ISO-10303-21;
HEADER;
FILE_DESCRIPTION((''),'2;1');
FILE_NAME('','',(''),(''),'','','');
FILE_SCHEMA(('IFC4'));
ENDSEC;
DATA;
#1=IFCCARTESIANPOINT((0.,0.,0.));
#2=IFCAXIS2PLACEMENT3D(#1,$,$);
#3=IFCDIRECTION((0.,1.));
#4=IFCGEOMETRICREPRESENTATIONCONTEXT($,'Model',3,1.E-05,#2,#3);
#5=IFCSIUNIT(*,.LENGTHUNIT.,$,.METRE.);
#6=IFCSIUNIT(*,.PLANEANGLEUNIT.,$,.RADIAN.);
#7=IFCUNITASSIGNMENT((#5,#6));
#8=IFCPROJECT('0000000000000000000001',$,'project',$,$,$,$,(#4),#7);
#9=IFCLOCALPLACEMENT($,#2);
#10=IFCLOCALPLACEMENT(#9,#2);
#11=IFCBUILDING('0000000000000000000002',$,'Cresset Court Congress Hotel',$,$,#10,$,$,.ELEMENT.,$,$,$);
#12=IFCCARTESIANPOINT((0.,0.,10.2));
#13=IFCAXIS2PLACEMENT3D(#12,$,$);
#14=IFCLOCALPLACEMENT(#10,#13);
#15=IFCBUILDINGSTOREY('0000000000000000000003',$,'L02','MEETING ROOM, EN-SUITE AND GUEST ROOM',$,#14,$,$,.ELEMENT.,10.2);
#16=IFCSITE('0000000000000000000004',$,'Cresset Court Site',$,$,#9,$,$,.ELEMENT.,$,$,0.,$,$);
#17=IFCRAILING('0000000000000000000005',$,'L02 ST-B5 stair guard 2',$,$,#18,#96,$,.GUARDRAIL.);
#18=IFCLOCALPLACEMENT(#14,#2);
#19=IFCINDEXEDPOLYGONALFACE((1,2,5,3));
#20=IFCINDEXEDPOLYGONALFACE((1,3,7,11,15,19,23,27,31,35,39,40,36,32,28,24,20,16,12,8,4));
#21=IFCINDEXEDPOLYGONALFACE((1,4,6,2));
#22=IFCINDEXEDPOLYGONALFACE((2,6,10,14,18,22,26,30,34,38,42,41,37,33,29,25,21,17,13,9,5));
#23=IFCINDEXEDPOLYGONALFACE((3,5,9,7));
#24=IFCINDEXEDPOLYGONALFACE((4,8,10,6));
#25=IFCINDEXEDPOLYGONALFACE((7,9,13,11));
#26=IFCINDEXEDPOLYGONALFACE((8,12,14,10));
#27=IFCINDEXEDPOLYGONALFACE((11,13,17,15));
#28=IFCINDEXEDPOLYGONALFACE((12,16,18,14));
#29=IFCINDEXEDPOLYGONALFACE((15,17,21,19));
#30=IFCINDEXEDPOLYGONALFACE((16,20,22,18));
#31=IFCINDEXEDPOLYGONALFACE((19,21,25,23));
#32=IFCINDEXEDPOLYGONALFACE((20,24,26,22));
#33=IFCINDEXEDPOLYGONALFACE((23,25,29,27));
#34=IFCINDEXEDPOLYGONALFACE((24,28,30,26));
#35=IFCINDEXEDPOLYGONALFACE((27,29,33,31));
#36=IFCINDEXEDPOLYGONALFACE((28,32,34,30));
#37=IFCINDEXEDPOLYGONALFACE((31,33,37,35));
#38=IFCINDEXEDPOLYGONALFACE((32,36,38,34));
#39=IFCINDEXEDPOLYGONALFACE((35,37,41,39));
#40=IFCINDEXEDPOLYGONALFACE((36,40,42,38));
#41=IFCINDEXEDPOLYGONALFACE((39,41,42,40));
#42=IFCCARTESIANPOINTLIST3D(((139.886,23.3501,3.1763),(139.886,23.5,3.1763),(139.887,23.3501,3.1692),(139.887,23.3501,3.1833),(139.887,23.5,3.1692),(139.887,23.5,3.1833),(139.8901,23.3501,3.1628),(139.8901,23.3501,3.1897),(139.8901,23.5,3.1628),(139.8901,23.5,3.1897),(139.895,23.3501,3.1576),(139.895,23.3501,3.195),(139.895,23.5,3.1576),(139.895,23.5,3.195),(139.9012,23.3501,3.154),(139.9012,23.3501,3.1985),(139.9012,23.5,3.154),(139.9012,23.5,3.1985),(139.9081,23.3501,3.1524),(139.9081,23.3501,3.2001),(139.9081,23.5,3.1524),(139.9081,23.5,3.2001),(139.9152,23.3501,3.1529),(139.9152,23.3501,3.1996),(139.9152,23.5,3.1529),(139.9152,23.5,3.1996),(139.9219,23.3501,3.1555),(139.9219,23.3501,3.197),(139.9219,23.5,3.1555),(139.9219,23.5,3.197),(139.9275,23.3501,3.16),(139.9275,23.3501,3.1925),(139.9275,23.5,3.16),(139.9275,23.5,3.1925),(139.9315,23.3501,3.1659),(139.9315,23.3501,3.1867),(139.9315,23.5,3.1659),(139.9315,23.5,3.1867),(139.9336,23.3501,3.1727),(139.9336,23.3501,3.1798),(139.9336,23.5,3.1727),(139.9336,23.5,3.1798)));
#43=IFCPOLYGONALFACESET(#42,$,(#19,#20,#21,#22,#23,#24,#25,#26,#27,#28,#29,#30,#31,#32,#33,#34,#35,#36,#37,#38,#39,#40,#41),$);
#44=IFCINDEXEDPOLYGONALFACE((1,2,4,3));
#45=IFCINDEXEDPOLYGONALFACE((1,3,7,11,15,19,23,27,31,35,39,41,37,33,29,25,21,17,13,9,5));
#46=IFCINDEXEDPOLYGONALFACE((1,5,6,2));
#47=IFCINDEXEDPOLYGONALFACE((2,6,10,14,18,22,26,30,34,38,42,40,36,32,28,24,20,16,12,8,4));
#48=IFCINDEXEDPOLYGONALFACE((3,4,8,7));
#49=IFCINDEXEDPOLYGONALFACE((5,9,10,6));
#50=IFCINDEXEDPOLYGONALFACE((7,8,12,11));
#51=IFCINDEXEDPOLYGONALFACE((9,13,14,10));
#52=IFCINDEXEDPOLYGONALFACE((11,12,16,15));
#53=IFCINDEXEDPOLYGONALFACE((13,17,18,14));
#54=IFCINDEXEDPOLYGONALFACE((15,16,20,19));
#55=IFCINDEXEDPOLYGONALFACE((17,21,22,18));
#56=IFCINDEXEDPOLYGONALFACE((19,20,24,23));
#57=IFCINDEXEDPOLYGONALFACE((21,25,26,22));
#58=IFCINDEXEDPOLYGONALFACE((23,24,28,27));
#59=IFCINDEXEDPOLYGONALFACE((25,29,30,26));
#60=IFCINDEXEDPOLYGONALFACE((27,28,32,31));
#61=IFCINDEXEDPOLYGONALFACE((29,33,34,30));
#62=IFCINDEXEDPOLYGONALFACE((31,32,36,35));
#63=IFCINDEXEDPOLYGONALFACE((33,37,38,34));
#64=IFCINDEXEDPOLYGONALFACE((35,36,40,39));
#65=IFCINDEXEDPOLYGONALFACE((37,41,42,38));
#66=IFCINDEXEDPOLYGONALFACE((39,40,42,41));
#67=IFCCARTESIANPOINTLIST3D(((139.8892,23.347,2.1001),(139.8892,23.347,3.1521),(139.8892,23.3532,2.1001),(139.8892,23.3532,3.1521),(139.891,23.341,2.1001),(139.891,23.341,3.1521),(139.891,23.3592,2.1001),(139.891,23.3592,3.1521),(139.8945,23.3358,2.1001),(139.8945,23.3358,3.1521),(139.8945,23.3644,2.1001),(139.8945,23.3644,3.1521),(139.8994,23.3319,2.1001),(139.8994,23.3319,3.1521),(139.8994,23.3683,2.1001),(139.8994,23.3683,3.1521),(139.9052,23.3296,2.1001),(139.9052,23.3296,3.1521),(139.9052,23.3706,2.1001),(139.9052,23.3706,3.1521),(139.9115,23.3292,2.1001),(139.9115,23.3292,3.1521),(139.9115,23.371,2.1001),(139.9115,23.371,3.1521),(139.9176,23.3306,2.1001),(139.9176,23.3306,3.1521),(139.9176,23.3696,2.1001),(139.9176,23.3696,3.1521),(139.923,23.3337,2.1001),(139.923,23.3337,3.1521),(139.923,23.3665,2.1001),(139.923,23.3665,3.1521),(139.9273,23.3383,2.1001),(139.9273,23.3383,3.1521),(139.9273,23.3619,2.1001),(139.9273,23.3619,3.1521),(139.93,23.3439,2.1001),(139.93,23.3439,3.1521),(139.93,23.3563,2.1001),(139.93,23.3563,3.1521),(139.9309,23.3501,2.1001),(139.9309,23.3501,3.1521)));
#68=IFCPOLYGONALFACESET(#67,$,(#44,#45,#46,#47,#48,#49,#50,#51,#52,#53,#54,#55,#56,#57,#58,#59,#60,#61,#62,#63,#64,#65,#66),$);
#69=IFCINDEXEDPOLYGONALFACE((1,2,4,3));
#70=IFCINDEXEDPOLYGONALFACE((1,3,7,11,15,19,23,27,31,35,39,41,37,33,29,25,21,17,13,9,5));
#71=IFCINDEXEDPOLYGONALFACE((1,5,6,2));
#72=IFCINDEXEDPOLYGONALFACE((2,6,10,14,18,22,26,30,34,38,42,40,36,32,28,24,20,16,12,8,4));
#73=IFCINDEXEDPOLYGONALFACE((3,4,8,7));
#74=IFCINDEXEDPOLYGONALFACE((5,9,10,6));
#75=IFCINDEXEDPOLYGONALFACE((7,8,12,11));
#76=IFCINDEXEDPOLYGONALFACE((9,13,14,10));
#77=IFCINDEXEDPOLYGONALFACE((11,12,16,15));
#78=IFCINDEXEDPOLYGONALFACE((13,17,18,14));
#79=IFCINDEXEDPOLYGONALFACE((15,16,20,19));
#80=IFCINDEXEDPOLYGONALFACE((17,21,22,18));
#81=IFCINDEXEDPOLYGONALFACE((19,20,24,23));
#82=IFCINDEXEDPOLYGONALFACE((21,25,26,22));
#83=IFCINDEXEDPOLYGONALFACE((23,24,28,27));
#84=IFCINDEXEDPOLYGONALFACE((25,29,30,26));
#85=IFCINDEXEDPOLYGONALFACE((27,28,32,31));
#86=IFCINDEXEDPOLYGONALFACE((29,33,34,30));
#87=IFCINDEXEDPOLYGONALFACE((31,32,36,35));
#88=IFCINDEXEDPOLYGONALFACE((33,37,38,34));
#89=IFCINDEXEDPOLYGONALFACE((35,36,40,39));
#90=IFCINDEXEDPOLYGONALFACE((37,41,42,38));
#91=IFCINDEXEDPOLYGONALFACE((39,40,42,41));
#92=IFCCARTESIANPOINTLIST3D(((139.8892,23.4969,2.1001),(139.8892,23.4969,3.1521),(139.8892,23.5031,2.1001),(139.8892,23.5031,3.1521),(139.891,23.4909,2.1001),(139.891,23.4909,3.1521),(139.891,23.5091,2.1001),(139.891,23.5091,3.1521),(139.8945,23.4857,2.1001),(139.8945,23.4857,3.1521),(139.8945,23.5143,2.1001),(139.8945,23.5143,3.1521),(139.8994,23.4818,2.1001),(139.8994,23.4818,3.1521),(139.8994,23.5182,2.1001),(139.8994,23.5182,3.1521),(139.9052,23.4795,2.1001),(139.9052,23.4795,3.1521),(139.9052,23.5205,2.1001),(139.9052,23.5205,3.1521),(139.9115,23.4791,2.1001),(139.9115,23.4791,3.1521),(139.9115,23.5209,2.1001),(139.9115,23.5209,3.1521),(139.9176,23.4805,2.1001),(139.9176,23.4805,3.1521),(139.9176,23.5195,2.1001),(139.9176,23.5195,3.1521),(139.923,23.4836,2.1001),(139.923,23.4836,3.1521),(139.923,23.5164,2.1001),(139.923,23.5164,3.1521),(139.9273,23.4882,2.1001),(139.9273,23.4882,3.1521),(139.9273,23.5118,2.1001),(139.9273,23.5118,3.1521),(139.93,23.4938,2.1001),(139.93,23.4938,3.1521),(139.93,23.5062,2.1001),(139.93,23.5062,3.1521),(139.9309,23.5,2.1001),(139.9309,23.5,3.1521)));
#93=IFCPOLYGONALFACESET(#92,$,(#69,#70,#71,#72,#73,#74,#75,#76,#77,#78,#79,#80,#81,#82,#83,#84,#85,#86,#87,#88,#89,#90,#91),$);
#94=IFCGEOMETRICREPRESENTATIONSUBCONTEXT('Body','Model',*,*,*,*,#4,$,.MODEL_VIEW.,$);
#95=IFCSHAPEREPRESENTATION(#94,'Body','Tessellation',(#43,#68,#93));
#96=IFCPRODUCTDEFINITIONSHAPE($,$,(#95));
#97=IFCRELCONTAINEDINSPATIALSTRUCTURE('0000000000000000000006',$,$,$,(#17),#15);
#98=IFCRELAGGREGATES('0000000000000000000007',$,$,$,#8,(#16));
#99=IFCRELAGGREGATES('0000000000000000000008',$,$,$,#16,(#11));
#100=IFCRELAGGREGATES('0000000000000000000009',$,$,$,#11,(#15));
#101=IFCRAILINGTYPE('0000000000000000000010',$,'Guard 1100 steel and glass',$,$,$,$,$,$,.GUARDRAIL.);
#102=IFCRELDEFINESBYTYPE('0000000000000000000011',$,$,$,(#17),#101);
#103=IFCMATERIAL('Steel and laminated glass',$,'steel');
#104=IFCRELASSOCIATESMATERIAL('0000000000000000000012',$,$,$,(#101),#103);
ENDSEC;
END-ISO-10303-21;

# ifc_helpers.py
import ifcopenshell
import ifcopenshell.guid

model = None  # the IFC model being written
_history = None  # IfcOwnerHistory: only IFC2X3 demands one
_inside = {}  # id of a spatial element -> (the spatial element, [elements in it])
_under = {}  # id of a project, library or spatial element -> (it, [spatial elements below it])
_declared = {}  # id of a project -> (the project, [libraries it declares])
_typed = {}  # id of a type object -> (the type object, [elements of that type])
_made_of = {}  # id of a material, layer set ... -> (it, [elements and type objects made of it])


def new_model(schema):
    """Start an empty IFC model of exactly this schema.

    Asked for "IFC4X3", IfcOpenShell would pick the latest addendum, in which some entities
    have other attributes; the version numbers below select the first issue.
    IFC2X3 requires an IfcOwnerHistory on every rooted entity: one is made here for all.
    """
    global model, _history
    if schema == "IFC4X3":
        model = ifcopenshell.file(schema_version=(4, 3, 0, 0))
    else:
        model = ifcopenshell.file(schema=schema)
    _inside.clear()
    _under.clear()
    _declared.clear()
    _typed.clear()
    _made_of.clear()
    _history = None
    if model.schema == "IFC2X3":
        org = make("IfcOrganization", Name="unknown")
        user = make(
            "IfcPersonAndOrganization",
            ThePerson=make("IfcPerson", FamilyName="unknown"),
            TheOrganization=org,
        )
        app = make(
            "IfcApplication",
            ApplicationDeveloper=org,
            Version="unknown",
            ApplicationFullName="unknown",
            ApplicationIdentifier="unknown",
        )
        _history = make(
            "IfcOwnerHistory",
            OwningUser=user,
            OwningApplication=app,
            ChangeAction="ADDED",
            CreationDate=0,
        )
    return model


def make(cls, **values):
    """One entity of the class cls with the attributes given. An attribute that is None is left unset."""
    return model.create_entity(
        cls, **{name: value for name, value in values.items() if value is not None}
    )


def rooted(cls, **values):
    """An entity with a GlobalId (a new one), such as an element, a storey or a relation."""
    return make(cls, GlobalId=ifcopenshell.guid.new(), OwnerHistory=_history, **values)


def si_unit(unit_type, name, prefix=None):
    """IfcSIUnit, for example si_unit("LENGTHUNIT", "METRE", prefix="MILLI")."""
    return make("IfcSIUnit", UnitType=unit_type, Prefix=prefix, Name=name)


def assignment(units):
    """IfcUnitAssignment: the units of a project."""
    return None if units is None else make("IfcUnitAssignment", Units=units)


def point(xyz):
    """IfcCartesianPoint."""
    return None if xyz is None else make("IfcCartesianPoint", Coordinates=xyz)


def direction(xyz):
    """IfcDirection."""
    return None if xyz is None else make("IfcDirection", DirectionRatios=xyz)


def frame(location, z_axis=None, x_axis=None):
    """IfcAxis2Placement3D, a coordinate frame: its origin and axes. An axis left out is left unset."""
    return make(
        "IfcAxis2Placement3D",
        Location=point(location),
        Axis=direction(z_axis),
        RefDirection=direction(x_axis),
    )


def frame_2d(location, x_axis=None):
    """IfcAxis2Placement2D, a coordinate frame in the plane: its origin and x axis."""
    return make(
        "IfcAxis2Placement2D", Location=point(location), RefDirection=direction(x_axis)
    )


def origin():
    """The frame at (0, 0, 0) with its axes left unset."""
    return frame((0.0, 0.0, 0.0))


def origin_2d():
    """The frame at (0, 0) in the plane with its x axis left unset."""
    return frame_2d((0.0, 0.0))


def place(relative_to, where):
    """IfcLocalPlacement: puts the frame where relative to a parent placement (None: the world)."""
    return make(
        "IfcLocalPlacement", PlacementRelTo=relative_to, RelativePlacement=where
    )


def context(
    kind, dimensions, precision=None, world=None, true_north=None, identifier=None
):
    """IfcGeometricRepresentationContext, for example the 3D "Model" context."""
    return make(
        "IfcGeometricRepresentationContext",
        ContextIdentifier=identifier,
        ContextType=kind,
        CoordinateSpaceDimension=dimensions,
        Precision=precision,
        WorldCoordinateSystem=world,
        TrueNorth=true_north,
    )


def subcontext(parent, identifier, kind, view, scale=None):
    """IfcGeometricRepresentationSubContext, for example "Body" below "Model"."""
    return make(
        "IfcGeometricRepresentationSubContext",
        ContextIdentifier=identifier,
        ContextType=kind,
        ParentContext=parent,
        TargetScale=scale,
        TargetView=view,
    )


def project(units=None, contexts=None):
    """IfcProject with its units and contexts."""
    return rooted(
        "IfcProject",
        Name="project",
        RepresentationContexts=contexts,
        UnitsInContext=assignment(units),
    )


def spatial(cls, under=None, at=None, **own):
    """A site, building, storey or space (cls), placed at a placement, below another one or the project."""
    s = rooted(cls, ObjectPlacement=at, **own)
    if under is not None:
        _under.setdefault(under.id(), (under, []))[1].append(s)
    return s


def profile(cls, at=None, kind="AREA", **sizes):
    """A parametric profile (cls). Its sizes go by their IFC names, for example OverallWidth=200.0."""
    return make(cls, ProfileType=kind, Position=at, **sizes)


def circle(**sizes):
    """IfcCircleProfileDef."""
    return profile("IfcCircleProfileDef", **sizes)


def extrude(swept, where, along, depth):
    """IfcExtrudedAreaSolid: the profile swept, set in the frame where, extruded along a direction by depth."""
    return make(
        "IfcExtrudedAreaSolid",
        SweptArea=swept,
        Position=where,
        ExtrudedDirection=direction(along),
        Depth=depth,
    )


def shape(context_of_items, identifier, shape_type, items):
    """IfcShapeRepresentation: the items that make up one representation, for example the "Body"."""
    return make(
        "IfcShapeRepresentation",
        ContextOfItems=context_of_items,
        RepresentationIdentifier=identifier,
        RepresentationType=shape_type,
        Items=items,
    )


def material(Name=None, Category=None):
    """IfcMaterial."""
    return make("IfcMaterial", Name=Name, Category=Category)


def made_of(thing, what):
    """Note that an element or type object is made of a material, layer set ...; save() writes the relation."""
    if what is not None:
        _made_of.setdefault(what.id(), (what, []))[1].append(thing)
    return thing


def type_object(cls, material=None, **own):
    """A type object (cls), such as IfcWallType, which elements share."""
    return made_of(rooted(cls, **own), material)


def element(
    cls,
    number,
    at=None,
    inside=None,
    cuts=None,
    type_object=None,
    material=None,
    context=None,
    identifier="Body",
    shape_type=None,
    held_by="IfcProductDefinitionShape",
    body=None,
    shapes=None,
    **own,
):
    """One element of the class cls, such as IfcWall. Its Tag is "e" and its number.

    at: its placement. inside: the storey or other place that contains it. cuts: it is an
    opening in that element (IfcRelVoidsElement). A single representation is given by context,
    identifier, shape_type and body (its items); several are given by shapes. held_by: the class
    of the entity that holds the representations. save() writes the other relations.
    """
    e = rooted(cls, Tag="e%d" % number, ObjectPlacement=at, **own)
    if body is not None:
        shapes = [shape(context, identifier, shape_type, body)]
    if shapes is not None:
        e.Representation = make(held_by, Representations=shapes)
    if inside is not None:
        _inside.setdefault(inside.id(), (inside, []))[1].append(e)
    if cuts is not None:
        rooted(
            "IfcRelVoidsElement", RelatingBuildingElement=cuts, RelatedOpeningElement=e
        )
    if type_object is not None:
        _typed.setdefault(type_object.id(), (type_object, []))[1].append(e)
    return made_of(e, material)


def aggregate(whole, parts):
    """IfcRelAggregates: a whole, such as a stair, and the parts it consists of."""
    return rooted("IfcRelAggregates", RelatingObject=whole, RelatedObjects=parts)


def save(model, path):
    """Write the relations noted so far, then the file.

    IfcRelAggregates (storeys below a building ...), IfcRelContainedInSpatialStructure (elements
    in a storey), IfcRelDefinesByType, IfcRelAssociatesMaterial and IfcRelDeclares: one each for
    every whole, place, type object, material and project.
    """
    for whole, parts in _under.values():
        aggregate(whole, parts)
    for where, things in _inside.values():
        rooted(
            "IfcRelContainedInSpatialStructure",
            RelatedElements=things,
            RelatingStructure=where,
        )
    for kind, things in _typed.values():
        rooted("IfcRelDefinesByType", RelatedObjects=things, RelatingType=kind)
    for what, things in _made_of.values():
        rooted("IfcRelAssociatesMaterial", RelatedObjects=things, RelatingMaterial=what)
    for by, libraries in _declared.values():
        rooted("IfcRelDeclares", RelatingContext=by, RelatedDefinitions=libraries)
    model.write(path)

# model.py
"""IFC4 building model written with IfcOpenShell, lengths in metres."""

from ifc_helpers import new_model, si_unit, direction, frame, origin, origin_2d, place, context, subcontext, project, spatial, circle, extrude, material, type_object, element, save


model = new_model("IFC4")

# Units and contexts
model_context = context("Model", 3, precision=1e-05, world=origin(), true_north=direction((0.0, 1.0)))
body_context = subcontext(model_context, "Body", "Model", "MODEL_VIEW")
ifc_project = project(units=[si_unit("LENGTHUNIT", "METRE"), si_unit("PLANEANGLEUNIT", "RADIAN")], contexts=[model_context])

# Site, building, storey
site_placement = place(None, origin())
site = spatial("IfcSite", under=ifc_project, at=site_placement, Name="Cresset Court Site", CompositionType="ELEMENT", RefElevation=0.0)
building_placement = place(site_placement, origin())
building = spatial("IfcBuilding", under=site, at=building_placement, Name="Cresset Court Congress Hotel", CompositionType="ELEMENT")
storey_placement = place(building_placement, frame((0.0, 0.0, 10.2)))
storey = spatial("IfcBuildingStorey", under=building, at=storey_placement, Name="L02", Description="MEETING ROOM, EN-SUITE AND GUEST ROOM", CompositionType="ELEMENT", Elevation=10.2)

# Railing
ifc_material_1 = material(Name="Steel and laminated glass", Category="steel")
railing_type_1 = type_object("IfcRailingType", Name="Guard 1100 steel and glass", PredefinedType="GUARDRAIL", material=ifc_material_1)
railing_1_placement = place(storey_placement, frame((139.9099, 23.3501, 2.1001)))
element("IfcRailing", 1, at=railing_1_placement, inside=storey, type_object=railing_type_1, Name="L02 ST-B5 stair guard 2", PredefinedType="GUARDRAIL", context=body_context, shape_type="SweptSolid", body=[
    extrude(circle(Radius=0.0239, at=origin_2d()), frame((0.0, 0.0, 1.0762), z_axis=(0.0, 1.0, 0.0), x_axis=(-1.0, 0.0, 0.0)), (0.0, 0.0, 1.0), 0.1499),
    extrude(circle(Radius=0.021, at=origin_2d()), origin(), (0.0, 0.0, 1.0), 1.052),
    extrude(circle(Radius=0.021, at=origin_2d()), frame((0.0, 0.1499, 0.0)), (0.0, 0.0, 1.0), 1.052),
])

save(model, "model.ifc")
